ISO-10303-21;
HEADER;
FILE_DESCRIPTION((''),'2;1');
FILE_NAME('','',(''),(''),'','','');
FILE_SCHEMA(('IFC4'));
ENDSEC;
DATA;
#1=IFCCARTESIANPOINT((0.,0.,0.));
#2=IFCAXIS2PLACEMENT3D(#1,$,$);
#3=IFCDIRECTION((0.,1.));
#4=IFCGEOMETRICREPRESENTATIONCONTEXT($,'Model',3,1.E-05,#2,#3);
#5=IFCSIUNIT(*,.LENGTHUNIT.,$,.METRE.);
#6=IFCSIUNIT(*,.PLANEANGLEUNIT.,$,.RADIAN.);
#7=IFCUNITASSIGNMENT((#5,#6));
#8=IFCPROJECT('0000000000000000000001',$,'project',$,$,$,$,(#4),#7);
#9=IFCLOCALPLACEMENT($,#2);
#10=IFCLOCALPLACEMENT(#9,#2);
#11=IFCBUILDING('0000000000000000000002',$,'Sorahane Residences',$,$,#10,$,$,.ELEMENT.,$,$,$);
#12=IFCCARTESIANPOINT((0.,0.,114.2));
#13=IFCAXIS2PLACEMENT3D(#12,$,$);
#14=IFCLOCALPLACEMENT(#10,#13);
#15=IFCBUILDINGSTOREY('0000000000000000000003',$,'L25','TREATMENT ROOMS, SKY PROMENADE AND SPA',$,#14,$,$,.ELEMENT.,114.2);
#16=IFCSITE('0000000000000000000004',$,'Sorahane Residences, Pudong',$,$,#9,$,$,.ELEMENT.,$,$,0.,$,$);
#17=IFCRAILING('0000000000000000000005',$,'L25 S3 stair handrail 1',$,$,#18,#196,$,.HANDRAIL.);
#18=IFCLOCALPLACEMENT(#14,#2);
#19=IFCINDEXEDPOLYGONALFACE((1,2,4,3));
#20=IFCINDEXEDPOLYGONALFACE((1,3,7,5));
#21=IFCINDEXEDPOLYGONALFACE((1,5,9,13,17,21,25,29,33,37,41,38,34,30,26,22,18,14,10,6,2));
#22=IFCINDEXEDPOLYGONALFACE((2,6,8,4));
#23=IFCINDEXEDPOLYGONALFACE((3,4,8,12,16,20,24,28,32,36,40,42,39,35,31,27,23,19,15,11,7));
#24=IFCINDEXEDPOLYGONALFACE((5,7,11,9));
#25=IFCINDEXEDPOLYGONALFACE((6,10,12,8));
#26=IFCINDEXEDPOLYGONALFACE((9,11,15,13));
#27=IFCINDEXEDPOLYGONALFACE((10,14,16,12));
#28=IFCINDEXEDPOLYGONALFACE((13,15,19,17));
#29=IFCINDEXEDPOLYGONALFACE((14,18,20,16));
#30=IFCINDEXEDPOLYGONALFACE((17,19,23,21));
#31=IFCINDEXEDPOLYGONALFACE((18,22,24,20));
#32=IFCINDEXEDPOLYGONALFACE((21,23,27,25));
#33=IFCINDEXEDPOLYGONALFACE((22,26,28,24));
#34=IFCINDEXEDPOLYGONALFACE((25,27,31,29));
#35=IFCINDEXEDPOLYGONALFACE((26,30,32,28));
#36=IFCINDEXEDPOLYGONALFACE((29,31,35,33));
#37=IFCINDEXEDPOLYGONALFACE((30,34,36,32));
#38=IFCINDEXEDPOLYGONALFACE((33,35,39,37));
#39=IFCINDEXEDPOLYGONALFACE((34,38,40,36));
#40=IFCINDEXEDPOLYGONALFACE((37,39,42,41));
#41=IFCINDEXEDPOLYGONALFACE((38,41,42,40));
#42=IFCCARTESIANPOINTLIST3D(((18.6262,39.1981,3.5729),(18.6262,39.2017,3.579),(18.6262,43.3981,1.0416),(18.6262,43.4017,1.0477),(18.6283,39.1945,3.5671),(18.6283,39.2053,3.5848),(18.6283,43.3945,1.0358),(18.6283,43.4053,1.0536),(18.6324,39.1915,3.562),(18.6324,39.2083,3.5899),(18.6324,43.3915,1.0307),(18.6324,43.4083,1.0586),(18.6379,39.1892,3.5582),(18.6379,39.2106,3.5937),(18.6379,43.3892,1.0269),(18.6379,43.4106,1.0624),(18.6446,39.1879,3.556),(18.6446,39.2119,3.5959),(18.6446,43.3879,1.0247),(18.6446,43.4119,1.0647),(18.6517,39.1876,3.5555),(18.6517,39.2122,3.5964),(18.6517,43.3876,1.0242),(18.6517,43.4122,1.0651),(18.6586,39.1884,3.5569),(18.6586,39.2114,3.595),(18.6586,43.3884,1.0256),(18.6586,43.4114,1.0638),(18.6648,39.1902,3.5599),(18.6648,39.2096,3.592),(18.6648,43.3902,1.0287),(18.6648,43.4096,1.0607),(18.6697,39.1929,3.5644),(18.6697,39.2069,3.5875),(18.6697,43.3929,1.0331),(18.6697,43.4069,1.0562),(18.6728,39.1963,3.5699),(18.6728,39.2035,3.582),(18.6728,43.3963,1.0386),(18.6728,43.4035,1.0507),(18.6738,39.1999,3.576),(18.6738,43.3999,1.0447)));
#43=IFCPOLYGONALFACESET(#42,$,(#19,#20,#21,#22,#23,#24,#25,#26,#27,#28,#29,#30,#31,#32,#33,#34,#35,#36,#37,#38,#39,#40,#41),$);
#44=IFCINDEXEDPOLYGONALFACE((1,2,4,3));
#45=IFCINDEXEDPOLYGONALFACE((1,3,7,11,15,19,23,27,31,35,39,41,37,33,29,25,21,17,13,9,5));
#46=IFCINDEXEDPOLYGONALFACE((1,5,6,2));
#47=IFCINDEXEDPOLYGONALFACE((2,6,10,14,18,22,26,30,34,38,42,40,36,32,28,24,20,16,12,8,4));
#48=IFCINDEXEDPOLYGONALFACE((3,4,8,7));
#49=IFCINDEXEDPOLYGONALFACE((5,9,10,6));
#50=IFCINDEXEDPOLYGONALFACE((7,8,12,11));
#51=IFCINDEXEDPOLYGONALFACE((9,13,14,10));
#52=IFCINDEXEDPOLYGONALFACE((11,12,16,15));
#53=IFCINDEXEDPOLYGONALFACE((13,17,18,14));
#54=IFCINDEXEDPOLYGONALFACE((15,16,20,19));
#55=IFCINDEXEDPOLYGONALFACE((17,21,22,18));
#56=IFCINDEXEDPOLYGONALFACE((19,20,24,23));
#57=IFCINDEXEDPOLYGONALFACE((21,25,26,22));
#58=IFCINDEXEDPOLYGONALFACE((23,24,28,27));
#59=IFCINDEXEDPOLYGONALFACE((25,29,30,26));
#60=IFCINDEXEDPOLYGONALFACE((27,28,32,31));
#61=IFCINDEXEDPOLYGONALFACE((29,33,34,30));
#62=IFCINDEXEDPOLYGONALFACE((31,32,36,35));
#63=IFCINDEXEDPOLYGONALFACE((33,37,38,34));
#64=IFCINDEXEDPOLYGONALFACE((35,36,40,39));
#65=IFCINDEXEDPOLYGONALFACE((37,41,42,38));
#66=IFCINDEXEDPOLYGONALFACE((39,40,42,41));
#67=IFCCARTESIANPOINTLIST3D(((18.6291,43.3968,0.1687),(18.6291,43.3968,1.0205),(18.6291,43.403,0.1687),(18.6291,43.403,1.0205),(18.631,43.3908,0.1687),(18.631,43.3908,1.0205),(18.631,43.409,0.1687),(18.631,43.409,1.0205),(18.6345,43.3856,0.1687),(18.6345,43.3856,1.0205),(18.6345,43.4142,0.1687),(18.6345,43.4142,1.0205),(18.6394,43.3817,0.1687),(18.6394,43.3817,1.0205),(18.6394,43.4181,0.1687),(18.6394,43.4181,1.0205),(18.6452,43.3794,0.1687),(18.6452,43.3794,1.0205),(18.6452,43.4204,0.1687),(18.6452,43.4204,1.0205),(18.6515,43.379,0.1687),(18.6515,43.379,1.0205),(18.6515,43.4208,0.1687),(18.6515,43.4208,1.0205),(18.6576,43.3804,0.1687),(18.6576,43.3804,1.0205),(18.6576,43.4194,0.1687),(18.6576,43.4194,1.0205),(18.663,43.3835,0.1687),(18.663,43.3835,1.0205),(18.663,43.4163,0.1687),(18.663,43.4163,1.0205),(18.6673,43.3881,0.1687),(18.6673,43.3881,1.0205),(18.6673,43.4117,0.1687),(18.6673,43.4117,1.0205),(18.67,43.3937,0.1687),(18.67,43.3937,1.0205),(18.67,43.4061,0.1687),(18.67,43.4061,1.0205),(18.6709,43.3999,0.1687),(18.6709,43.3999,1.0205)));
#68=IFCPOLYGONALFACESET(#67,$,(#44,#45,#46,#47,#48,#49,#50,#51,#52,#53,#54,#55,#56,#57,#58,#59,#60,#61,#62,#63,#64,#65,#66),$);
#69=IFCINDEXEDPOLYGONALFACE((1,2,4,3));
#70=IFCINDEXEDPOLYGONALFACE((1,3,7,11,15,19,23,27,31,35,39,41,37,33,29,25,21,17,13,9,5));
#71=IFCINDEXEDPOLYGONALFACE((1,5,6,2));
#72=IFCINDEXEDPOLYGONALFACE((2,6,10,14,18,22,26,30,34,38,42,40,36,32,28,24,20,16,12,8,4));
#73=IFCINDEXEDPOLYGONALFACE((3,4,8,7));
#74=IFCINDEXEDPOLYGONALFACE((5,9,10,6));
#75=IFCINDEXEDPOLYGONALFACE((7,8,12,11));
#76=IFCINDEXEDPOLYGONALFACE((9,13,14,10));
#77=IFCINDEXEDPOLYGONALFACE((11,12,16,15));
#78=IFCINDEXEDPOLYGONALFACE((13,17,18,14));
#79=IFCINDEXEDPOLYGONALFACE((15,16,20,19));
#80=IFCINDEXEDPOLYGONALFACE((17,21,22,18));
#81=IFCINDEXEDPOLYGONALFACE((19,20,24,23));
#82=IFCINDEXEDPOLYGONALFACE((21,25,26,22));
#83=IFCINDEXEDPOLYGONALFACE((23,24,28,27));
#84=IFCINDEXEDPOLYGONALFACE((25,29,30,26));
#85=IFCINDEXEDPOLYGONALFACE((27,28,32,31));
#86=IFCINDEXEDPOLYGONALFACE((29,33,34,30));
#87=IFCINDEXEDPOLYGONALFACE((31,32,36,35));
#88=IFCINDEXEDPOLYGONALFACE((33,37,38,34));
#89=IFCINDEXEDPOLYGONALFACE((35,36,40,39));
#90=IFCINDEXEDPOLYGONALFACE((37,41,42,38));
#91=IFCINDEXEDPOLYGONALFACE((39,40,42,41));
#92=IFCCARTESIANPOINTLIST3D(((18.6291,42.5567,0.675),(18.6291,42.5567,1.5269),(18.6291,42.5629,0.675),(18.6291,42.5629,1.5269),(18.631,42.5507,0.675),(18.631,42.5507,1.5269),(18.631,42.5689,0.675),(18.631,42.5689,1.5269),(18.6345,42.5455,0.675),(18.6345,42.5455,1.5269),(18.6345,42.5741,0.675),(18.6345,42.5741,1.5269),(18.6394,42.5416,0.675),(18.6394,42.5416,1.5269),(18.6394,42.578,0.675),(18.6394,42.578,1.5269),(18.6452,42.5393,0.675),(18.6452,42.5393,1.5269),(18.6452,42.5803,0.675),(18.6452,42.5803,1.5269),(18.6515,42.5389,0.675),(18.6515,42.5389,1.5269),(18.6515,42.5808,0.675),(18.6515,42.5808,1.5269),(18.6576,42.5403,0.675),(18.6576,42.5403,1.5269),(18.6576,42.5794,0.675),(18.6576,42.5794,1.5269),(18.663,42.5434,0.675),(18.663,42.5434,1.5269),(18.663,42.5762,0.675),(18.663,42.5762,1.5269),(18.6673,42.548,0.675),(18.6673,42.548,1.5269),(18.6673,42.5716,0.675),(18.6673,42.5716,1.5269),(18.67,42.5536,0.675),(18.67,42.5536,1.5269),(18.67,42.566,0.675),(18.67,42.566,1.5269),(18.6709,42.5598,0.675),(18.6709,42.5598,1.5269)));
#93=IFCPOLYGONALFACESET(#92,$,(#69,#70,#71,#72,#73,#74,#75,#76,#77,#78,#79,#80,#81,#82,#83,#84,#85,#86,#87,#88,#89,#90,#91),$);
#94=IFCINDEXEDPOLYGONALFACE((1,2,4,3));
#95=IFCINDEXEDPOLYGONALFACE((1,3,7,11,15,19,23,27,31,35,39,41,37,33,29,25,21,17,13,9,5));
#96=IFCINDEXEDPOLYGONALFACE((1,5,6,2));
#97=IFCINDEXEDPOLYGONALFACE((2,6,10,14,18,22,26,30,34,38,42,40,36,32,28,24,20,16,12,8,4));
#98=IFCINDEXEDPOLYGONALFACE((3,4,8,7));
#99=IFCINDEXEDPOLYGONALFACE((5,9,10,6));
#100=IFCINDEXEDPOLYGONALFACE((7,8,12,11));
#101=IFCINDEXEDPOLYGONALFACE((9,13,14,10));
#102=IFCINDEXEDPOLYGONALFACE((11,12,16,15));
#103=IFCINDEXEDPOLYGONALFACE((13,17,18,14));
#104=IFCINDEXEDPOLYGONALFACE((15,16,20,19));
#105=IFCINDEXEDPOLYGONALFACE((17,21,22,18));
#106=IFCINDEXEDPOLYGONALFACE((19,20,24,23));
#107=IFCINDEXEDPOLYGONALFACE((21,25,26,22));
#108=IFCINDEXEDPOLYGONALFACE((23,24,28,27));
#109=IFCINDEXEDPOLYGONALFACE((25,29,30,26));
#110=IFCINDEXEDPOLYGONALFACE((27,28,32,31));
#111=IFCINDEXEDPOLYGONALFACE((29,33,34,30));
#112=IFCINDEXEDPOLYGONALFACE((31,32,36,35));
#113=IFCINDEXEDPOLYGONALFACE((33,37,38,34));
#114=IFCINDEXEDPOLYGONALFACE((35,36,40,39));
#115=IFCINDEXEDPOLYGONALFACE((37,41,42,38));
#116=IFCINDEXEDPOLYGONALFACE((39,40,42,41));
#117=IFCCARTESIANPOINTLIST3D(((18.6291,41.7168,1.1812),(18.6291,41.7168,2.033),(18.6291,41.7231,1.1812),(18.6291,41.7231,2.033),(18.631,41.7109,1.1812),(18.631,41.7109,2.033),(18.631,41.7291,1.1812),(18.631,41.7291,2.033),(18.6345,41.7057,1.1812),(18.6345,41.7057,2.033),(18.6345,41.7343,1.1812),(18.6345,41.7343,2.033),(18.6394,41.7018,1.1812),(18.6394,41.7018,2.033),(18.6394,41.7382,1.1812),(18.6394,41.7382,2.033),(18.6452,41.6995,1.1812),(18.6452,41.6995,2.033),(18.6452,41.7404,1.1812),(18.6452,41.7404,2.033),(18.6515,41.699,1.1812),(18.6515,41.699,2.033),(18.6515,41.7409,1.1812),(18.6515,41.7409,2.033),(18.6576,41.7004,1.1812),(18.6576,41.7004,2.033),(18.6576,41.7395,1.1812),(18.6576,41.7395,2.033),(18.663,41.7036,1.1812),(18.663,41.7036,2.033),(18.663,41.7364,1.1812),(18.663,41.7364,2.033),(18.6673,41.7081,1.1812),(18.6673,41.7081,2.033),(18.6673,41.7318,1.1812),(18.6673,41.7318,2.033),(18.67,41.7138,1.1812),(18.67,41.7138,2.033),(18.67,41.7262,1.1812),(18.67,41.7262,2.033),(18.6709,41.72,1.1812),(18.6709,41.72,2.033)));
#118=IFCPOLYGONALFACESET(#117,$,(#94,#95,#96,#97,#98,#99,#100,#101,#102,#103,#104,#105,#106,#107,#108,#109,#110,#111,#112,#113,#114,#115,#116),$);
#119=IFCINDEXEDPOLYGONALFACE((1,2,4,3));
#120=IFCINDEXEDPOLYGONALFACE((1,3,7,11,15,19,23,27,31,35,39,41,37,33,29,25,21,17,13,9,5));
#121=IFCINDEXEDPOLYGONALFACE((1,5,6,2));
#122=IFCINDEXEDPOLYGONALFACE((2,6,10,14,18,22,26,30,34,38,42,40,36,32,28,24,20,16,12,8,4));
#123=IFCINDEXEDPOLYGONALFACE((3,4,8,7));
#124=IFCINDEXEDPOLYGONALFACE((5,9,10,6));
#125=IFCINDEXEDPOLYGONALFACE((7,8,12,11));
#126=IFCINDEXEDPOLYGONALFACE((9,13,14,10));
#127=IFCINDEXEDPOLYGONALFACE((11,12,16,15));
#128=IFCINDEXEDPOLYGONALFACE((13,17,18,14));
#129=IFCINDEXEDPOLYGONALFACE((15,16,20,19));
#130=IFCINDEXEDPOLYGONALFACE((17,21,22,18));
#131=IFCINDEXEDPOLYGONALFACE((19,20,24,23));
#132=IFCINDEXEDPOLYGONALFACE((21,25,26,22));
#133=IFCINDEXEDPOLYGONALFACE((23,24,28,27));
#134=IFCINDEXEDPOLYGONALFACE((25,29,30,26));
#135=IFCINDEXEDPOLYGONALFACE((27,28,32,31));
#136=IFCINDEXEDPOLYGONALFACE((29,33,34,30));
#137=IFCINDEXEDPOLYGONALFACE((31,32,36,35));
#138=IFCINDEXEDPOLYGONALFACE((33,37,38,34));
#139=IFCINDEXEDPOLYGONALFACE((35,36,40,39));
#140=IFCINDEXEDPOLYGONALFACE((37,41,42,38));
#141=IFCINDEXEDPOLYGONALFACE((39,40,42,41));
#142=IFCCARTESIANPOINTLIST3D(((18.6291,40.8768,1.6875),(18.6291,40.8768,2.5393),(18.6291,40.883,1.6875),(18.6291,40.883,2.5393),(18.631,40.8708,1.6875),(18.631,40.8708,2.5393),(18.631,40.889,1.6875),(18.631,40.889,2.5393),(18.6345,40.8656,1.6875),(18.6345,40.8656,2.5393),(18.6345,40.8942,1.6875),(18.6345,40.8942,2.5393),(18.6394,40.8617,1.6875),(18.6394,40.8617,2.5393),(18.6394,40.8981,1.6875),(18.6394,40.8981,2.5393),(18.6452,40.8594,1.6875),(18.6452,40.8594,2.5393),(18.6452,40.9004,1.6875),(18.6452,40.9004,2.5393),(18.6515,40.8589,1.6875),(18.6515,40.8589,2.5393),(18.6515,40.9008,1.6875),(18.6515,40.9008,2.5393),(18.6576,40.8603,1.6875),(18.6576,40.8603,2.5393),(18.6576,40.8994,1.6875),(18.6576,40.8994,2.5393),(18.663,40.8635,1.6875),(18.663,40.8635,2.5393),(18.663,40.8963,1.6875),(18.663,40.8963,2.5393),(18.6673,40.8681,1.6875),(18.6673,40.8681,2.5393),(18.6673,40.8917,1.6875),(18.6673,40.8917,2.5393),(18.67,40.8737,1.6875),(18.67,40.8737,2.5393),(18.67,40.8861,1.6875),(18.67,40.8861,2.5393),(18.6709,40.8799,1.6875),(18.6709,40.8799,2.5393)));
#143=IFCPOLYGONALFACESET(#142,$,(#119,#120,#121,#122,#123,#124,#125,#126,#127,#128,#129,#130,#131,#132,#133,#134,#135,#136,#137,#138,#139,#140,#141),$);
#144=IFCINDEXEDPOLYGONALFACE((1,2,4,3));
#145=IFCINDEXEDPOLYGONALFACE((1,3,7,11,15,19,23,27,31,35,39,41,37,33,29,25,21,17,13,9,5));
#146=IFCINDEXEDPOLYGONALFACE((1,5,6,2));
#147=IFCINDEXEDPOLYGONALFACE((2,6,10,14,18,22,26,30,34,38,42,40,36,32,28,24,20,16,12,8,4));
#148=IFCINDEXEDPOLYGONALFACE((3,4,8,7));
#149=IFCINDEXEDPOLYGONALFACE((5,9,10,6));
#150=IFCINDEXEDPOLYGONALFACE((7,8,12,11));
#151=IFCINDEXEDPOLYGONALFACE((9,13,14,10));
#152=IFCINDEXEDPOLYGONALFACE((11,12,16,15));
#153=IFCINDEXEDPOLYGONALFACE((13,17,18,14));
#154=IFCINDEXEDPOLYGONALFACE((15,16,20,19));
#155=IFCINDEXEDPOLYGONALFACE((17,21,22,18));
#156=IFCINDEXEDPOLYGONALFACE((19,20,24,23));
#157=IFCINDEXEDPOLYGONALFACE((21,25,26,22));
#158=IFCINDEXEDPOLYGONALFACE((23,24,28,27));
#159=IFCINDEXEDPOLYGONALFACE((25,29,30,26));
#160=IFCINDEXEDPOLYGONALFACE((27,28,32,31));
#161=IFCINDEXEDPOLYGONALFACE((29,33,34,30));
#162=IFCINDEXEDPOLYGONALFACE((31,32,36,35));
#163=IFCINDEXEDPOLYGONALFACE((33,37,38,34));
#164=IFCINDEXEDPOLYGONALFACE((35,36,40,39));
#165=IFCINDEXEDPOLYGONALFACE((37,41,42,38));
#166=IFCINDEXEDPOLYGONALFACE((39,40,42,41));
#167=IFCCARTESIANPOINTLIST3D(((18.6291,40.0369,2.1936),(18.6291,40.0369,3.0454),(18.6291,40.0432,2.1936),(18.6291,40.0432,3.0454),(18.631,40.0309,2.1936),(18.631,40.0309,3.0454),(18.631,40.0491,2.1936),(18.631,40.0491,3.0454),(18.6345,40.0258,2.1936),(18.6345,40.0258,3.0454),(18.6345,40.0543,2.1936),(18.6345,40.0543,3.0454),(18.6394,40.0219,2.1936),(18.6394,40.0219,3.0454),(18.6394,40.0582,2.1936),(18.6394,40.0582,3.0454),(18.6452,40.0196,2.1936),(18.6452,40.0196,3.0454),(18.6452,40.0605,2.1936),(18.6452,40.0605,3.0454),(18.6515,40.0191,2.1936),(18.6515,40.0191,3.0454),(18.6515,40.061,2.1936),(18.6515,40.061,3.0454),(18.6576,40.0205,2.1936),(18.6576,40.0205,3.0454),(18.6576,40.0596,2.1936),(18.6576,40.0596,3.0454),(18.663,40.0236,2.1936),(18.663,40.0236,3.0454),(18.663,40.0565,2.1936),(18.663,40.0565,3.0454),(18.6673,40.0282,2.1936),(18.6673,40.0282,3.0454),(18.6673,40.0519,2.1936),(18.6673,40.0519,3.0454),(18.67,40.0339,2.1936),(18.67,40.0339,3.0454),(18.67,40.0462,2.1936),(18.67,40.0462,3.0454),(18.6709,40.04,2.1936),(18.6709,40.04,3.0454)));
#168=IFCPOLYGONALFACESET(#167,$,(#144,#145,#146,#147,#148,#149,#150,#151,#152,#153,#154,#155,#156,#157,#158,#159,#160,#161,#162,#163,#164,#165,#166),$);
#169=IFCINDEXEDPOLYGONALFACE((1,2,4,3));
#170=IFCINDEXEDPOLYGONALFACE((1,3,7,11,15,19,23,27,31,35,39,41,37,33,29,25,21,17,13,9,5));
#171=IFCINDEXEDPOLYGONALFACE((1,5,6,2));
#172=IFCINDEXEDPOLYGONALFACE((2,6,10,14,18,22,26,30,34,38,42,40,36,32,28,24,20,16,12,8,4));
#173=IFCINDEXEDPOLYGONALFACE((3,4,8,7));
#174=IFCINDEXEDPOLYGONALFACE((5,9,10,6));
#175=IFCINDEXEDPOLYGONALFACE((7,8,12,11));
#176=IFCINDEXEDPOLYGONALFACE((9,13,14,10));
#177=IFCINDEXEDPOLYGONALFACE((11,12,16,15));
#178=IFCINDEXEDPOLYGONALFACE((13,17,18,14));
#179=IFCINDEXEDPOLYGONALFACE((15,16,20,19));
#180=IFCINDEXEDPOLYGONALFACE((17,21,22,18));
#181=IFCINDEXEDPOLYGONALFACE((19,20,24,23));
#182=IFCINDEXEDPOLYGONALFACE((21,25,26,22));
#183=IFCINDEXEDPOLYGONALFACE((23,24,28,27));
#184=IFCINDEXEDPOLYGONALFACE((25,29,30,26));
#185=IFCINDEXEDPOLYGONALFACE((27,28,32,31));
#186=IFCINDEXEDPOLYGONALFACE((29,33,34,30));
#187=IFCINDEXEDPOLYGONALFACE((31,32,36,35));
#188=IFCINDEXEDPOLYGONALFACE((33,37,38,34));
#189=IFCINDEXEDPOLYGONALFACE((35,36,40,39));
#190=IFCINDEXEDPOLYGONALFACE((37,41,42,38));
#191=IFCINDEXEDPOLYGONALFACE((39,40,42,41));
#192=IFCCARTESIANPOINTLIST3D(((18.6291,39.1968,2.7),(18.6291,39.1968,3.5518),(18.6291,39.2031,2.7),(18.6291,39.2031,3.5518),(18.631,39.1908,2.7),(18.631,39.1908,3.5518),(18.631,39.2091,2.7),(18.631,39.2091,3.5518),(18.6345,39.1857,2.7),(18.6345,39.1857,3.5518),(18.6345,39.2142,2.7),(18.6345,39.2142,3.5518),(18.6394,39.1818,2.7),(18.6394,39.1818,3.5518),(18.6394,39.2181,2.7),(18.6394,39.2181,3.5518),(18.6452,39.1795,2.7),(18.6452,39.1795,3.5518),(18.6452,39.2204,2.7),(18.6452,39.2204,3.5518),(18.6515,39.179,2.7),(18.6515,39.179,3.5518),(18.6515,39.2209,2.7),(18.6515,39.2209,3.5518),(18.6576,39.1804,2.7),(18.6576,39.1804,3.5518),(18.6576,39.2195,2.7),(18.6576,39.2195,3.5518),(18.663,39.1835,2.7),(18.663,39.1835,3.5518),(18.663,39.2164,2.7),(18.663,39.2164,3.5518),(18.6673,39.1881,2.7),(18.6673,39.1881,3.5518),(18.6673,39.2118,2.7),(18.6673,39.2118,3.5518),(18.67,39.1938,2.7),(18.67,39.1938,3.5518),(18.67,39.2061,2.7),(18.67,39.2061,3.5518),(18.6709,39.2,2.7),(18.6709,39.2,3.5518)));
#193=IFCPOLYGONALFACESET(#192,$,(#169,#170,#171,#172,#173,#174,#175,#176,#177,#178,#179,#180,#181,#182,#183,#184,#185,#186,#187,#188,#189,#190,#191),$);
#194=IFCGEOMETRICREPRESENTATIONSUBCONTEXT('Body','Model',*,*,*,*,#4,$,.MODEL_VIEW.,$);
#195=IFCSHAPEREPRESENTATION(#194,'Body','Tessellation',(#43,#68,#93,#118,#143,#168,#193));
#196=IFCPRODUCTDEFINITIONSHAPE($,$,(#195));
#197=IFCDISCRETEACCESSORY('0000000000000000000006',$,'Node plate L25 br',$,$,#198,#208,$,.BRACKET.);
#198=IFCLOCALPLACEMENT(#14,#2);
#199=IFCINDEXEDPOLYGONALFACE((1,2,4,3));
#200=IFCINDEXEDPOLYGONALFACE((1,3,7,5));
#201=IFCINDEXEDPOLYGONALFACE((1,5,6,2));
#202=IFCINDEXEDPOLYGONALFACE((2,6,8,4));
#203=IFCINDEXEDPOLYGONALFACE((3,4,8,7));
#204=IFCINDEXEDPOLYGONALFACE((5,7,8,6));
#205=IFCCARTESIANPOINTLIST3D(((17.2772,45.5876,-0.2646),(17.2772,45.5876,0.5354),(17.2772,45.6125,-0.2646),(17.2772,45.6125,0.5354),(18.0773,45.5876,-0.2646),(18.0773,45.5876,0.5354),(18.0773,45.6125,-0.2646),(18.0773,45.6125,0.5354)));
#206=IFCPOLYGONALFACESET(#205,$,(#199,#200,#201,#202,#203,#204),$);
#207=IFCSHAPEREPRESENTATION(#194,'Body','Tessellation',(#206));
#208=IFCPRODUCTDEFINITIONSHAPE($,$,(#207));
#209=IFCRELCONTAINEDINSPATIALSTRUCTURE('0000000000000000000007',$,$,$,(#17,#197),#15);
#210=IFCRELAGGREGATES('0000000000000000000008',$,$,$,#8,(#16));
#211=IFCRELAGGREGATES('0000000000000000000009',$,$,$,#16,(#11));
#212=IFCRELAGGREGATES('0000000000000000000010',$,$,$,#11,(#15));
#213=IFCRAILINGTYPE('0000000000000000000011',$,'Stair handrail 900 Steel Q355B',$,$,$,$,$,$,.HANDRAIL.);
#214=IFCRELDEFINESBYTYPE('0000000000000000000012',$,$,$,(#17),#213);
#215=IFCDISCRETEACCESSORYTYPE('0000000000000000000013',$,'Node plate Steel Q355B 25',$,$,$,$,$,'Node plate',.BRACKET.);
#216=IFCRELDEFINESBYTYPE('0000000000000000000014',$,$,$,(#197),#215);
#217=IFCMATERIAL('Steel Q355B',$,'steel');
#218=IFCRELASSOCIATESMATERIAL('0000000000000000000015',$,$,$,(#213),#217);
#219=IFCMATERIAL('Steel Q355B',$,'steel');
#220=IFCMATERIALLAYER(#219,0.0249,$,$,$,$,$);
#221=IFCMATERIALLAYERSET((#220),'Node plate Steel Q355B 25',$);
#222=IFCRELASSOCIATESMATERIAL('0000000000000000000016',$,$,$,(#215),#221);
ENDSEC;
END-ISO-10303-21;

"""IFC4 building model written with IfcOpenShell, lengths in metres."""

from ifc_helpers import new_model, si_unit, direction, frame, origin, origin_2d, place, context, subcontext, project, spatial, rectangle, circle, extrude, material, layer, layer_set, type_object, element, save


model = new_model("IFC4")

# Units and contexts
model_context = context("Model", 3, precision=1e-05, world=origin(), true_north=direction((0.0, 1.0)))
body_context = subcontext(model_context, "Body", "Model", "MODEL_VIEW")
ifc_project = project(units=[si_unit("LENGTHUNIT", "METRE"), si_unit("PLANEANGLEUNIT", "RADIAN")], contexts=[model_context])

# Site, building, storey
site_placement = place(None, origin())
site = spatial("IfcSite", under=ifc_project, at=site_placement, Name="Sorahane Residences, Pudong", CompositionType="ELEMENT", RefElevation=0.0)
building_placement = place(site_placement, origin())
building = spatial("IfcBuilding", under=site, at=building_placement, Name="Sorahane Residences", CompositionType="ELEMENT")
storey_placement = place(building_placement, frame((0.0, 0.0, 114.2)))
storey = spatial("IfcBuildingStorey", under=building, at=storey_placement, Name="L25", Description="TREATMENT ROOMS, SKY PROMENADE AND SPA", CompositionType="ELEMENT", Elevation=114.2)

# Railing
ifc_material_1 = material(Name="Steel Q355B", Category="steel")
railing_type_1 = type_object("IfcRailingType", Name="Stair handrail 900 Steel Q355B", PredefinedType="HANDRAIL", material=ifc_material_1)
for number, where, name in (
    (1, (18.6499, 43.3999, 0.1687), "L25 S3 stair handrail 1"),
):
    element("IfcRailing", number, at=place(storey_placement, frame(where)), inside=storey, type_object=railing_type_1, Name=name, PredefinedType="HANDRAIL", context=body_context, shape_type="SweptSolid", body=[
        extrude(circle(Radius=0.0239, at=origin_2d()), frame((0.0, 0.0, 0.876), z_axis=(0.0, -0.856476, 0.516186), x_axis=(1.0, 0.0, 0.0)), (0.0, 0.0, 1.0), 4.9038),
        extrude(circle(Radius=0.021, at=origin_2d()), origin(), (0.0, 0.0, 1.0), 0.8518),
        extrude(circle(Radius=0.021, at=origin_2d()), frame((0.0, -0.8401, 0.5063)), (0.0, 0.0, 1.0), 0.8518),
        extrude(circle(Radius=0.021, at=origin_2d()), frame((0.0, -1.6799, 1.0125)), (0.0, 0.0, 1.0), 0.8518),
        extrude(circle(Radius=0.021, at=origin_2d()), frame((0.0, -2.52, 1.5188)), (0.0, 0.0, 1.0), 0.8518),
        extrude(circle(Radius=0.021, at=origin_2d()), frame((0.0, -3.3599, 2.0249)), (0.0, 0.0, 1.0), 0.8518),
        extrude(circle(Radius=0.021, at=origin_2d()), frame((0.0, -4.2, 2.5312)), (0.0, 0.0, 1.0), 0.8518),
    ])

# Discrete accessory
ifc_material_2 = material(Name="Steel Q355B", Category="steel")
ifc_layer_1 = layer(ifc_material_2, 0.0249)
ifc_layer_set_1 = layer_set([ifc_layer_1], Name="Node plate Steel Q355B 25")
discrete_accessory_type = type_object("IfcDiscreteAccessoryType", Name="Node plate Steel Q355B 25", ElementType="Node plate", PredefinedType="BRACKET", material=ifc_layer_set_1)
for number, where, z_axis, x_axis, name in (
    (2, (17.6772, 45.6001, -0.2646), (0.0, 0.0, 1.0), (1.0, 0.0, 0.0), "Node plate L25 br"),
):
    element("IfcDiscreteAccessory", number, at=place(storey_placement, frame(where, z_axis=z_axis, x_axis=x_axis)), inside=storey, type_object=discrete_accessory_type, Name=name, PredefinedType="BRACKET", context=body_context, shape_type="SweptSolid", body=[
        extrude(rectangle(XDim=0.8, YDim=0.0249, at=origin_2d()), origin(), (0.0, 0.0, 1.0), 0.8),
    ])

save(model, "model.ifc")
